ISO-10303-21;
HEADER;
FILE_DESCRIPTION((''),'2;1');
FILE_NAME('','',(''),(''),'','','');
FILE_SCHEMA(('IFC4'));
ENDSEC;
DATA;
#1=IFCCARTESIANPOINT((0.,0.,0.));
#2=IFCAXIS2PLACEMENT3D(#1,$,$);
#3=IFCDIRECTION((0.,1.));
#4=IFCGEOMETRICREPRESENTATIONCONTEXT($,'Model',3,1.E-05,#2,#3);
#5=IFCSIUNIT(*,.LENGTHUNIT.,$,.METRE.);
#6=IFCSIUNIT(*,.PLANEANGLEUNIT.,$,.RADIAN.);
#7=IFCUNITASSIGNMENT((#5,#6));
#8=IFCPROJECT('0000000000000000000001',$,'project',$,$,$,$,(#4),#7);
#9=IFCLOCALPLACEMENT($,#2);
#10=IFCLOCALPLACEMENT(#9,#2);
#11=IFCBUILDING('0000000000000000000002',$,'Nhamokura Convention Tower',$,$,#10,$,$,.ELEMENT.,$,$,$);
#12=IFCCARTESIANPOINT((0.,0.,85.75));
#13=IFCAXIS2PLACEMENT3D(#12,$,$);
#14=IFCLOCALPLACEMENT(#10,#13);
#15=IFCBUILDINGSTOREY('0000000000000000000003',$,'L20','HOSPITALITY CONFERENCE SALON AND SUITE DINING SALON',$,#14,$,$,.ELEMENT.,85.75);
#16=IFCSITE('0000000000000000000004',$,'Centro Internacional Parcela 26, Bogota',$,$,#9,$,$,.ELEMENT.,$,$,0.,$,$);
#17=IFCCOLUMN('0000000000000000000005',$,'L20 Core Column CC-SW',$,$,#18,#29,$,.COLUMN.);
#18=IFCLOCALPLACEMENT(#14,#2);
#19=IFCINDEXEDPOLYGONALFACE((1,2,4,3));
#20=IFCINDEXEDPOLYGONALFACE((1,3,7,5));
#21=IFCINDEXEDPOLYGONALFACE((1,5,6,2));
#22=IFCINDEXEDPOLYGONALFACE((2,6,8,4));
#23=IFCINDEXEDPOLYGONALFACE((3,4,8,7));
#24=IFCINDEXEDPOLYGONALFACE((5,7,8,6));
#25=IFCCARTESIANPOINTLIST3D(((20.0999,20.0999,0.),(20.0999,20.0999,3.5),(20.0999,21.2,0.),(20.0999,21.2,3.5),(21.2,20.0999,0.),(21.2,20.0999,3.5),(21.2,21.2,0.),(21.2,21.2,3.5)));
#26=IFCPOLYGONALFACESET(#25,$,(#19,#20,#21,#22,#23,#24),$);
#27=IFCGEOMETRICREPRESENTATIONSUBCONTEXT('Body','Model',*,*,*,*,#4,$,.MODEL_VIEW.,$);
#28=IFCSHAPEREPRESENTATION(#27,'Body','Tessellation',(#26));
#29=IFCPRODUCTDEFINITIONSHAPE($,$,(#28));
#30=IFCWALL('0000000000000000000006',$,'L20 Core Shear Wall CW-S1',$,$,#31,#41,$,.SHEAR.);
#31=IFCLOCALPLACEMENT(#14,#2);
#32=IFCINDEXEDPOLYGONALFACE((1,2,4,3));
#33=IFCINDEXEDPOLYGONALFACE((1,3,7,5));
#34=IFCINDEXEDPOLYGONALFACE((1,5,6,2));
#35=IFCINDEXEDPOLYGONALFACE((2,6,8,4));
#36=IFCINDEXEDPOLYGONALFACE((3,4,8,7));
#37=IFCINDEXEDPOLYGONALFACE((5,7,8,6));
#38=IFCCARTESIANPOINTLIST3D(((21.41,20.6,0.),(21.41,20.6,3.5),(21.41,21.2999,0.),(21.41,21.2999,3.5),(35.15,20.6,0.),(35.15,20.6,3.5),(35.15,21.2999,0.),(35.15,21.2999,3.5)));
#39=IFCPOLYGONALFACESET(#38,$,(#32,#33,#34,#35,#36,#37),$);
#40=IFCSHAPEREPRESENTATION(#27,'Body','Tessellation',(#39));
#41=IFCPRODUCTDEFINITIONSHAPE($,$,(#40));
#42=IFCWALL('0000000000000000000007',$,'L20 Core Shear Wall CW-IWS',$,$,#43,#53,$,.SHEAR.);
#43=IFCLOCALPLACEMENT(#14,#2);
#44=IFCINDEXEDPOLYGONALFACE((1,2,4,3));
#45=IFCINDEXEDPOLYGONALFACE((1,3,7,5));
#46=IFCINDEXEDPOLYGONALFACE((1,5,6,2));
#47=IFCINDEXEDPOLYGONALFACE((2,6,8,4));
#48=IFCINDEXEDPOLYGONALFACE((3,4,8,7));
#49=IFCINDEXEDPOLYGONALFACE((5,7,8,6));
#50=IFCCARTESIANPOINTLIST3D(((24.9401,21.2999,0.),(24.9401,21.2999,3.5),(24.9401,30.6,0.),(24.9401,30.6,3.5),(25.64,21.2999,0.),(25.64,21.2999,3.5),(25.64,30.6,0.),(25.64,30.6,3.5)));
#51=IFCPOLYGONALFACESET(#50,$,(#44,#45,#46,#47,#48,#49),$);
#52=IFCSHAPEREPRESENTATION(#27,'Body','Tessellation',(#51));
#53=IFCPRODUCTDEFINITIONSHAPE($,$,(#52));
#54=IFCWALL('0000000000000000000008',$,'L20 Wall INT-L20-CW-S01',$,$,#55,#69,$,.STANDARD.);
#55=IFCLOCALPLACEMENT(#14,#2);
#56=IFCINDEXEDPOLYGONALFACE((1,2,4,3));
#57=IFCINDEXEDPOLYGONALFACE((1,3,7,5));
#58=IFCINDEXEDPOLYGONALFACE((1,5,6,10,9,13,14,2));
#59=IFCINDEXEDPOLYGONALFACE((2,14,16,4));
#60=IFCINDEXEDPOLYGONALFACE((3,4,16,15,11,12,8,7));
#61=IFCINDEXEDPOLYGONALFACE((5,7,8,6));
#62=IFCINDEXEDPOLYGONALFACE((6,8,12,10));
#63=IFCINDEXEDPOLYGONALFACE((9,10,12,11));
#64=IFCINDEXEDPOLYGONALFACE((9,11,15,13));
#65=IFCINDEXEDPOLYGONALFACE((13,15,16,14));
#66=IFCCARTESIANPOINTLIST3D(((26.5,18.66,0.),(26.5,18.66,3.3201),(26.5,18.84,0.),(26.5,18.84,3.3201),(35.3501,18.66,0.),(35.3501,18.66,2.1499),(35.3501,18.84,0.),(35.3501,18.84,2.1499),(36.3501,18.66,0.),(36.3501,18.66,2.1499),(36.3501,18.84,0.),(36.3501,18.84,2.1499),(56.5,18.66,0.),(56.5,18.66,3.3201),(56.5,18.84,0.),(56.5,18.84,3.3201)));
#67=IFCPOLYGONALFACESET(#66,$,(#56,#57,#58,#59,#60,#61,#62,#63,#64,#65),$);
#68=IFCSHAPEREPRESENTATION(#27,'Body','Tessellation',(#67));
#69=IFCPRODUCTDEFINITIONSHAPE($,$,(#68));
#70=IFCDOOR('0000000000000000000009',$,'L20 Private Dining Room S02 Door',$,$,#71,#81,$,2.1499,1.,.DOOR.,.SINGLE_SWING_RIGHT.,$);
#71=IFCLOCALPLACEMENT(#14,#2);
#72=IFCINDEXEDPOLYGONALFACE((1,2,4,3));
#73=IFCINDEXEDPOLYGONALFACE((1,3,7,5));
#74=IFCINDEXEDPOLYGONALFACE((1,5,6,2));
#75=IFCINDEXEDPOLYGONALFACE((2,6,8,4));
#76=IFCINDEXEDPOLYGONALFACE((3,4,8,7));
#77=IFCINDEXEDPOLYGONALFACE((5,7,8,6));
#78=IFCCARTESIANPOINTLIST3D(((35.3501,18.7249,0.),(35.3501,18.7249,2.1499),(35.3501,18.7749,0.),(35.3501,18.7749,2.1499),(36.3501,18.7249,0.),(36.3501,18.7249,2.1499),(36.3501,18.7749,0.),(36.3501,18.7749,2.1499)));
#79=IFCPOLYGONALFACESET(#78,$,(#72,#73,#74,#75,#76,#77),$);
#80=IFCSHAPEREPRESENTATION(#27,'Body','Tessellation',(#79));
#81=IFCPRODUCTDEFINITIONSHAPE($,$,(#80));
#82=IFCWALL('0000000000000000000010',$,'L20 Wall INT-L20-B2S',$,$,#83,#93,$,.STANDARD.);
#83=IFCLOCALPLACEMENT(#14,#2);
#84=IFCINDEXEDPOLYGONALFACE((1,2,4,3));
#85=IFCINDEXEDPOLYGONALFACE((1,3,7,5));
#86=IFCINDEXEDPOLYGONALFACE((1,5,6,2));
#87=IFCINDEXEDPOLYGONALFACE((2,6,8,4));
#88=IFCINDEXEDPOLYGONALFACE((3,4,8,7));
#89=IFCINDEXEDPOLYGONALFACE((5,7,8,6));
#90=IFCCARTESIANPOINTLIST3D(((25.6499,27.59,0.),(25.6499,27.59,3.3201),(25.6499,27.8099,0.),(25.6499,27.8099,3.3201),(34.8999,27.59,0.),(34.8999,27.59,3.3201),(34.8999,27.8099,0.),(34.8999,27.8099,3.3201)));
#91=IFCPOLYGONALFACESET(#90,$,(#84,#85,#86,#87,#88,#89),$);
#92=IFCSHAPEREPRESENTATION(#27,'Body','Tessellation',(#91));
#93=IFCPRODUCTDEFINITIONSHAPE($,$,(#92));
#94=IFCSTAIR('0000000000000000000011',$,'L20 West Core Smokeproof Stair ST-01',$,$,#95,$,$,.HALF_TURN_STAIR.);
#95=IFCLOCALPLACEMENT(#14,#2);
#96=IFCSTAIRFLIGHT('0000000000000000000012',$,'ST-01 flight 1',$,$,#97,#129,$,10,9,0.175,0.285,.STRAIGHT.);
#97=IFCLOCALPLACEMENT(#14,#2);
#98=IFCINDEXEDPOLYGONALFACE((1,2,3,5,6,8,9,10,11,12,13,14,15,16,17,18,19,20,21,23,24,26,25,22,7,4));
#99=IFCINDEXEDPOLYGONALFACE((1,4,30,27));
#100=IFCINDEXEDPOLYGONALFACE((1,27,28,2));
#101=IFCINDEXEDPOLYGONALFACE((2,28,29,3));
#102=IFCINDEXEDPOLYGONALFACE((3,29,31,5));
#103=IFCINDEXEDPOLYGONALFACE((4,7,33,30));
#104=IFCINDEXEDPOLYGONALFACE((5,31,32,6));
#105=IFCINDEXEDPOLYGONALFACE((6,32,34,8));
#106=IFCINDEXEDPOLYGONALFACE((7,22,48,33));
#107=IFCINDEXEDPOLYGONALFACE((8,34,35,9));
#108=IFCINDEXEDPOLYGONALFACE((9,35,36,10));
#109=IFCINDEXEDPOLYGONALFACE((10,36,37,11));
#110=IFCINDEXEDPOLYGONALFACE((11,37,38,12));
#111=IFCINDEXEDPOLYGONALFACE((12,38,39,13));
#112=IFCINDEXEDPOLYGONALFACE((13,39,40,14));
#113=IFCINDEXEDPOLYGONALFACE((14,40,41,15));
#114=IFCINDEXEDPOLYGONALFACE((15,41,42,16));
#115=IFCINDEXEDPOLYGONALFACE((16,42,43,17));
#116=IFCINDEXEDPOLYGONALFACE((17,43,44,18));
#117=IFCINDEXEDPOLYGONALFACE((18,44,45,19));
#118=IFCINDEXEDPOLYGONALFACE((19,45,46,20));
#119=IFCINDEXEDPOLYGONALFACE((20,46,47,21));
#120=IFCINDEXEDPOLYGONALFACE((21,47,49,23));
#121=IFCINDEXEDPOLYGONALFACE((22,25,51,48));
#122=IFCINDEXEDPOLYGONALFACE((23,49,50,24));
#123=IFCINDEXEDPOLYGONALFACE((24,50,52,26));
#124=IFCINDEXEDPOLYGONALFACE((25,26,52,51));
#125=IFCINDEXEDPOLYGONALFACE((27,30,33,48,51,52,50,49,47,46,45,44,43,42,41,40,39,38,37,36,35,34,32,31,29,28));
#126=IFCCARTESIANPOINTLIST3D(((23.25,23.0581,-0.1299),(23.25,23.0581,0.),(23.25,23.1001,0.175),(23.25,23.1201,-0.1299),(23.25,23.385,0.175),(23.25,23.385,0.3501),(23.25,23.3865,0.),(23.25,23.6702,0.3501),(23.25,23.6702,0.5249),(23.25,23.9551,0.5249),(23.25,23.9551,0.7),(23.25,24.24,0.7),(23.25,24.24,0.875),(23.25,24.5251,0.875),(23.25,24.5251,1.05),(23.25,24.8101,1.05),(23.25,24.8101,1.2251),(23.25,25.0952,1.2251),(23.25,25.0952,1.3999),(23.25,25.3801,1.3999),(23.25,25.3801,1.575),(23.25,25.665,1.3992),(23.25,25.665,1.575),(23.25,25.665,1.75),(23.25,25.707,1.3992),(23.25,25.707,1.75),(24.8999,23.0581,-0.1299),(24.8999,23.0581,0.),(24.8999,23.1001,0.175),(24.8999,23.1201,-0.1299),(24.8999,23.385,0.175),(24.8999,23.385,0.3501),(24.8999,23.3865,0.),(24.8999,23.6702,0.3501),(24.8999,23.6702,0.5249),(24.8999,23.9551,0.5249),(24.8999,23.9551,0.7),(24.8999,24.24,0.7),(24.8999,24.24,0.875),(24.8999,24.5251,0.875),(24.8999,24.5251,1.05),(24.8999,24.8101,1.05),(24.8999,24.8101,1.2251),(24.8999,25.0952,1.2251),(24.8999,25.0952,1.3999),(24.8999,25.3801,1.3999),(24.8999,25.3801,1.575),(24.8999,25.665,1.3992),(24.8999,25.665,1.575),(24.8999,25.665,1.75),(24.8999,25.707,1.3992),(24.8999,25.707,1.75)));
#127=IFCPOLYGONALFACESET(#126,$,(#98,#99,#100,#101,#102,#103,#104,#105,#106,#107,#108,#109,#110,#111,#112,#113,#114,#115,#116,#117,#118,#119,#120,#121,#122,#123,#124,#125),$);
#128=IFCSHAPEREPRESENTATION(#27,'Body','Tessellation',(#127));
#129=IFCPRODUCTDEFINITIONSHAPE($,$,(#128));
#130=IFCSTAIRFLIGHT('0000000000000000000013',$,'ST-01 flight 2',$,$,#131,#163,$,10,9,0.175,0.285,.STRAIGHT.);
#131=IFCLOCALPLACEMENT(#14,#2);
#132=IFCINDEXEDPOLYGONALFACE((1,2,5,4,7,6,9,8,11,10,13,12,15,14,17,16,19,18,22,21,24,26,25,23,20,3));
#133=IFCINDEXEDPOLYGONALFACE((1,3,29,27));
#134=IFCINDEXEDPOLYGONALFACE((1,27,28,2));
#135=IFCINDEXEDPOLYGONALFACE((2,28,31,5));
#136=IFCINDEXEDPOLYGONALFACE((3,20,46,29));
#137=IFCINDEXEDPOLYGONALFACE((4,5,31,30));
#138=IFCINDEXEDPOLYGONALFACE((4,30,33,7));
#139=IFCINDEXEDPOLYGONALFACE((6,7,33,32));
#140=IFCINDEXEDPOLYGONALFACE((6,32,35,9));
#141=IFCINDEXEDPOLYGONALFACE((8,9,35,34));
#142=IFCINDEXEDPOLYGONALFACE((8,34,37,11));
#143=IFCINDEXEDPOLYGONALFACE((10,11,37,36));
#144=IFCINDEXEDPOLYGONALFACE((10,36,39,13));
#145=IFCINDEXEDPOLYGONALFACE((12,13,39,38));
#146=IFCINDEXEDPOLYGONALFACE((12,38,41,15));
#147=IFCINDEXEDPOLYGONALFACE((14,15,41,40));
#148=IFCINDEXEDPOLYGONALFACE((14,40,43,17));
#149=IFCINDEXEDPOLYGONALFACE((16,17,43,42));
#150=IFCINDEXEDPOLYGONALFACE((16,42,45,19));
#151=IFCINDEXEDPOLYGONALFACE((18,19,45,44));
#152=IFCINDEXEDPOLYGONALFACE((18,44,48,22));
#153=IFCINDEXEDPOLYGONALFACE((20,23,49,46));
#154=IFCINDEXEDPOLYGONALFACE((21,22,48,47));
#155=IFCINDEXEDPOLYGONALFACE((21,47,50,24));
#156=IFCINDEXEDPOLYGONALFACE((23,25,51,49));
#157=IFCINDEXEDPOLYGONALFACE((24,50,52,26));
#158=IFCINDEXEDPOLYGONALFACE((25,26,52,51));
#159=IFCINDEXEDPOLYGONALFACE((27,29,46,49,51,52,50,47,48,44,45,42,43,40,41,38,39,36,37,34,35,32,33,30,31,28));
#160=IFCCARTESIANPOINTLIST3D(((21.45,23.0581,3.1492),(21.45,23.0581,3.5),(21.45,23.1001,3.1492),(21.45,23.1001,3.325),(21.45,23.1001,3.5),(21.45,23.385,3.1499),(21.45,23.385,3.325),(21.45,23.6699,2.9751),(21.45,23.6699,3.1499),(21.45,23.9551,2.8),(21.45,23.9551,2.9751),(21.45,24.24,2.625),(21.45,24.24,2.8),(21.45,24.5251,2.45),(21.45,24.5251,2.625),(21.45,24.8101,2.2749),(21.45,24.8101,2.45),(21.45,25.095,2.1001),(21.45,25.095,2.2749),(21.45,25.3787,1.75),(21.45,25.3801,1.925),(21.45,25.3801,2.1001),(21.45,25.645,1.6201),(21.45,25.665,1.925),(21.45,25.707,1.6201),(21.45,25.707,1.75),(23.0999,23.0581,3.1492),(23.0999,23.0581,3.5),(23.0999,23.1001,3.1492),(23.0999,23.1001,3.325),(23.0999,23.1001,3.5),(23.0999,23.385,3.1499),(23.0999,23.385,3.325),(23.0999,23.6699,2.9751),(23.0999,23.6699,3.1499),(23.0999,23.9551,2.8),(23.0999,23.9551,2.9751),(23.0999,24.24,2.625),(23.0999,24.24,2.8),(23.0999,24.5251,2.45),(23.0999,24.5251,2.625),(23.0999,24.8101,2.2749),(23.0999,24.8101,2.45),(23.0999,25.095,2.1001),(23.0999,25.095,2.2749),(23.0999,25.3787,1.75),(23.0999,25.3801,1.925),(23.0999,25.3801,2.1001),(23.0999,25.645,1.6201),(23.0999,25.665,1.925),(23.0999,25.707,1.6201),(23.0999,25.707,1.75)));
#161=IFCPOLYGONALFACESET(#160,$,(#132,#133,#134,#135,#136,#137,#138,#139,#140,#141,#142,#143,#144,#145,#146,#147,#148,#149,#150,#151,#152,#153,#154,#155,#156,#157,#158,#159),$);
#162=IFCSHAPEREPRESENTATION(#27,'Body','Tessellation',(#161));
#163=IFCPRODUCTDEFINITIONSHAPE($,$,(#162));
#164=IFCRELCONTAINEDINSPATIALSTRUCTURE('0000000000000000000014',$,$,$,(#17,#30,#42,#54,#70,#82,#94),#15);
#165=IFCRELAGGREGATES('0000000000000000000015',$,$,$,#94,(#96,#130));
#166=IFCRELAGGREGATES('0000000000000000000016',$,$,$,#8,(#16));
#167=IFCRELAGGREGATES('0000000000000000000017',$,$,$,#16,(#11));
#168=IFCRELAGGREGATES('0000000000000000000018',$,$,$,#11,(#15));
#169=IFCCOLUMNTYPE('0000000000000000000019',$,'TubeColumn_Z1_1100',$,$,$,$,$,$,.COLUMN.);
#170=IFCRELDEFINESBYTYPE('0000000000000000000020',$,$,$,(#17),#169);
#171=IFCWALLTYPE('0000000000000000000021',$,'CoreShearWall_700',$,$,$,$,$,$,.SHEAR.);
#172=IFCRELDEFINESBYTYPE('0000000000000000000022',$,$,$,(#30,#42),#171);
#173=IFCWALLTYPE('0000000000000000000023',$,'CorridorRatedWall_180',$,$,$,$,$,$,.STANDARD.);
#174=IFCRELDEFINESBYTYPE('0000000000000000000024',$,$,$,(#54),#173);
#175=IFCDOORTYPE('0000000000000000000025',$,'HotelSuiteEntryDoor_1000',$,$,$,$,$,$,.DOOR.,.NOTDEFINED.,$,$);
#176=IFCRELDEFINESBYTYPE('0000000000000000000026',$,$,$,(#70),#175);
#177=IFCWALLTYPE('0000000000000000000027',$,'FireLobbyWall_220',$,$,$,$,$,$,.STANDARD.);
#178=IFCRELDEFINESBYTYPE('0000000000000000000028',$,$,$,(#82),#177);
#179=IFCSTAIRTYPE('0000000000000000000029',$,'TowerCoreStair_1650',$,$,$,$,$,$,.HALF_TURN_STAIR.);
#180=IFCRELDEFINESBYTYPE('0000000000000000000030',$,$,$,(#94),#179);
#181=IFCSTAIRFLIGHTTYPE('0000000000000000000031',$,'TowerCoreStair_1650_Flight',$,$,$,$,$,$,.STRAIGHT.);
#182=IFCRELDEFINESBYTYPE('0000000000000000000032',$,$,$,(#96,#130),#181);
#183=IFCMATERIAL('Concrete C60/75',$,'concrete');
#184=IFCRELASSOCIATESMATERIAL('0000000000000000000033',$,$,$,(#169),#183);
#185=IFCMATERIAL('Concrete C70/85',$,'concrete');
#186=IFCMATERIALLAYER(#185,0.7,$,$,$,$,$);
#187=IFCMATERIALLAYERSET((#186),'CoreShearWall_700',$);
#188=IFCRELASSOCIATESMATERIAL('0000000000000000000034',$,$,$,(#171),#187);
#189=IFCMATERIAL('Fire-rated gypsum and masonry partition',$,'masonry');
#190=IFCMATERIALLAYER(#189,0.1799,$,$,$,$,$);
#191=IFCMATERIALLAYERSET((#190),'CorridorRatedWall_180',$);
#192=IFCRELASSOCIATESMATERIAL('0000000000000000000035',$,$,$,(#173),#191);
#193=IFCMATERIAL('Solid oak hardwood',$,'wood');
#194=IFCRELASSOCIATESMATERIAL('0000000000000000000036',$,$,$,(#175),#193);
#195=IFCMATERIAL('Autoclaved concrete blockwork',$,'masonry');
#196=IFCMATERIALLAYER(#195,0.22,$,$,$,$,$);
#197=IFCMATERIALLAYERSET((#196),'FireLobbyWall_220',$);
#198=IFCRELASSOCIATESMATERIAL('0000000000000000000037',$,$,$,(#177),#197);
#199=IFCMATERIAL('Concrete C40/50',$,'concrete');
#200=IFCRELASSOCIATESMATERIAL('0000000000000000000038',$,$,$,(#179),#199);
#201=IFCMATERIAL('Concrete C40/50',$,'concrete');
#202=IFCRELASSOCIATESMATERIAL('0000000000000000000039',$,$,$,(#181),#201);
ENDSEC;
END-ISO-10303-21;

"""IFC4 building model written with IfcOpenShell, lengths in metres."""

from ifc_helpers import new_model, si_unit, direction, frame, frame_2d, origin, origin_2d, place, context, subcontext, project, spatial, polyline, rectangle, outline, extrude, material, layer, layer_set, material_profile, profile_set, type_object, element, fill, aggregate, save


model = new_model("IFC4")

# Units and contexts
model_context = context("Model", 3, precision=1e-05, world=origin(), true_north=direction((0.0, 1.0)))
body_context = subcontext(model_context, "Body", "Model", "MODEL_VIEW")
ifc_project = project(units=[si_unit("LENGTHUNIT", "METRE"), si_unit("PLANEANGLEUNIT", "RADIAN")], contexts=[model_context])

# Site, building, storey
site_placement = place(None, origin())
site = spatial("IfcSite", under=ifc_project, at=site_placement, Name="Centro Internacional Parcela 26, Bogota", CompositionType="ELEMENT", RefElevation=0.0)
building_placement = place(site_placement, origin())
building = spatial("IfcBuilding", under=site, at=building_placement, Name="Nhamokura Convention Tower", CompositionType="ELEMENT")
storey_placement = place(building_placement, frame((0.0, 0.0, 85.75)))
storey = spatial("IfcBuildingStorey", under=building, at=storey_placement, Name="L20", Description="HOSPITALITY CONFERENCE SALON AND SUITE DINING SALON", CompositionType="ELEMENT", Elevation=85.75)

# Column
ifc_material_1 = material(Name="Concrete C60/75", Category="concrete")
ifc_material_profile = material_profile(ifc_material_1, rectangle(XDim=1.1001, YDim=1.1001, at=origin_2d()))
ifc_profile_set = profile_set([ifc_material_profile], Name="Concrete C60/75")
column_type = type_object("IfcColumnType", Name="TubeColumn_Z1_1100", PredefinedType="COLUMN", material=ifc_profile_set)
column_placement = place(storey_placement, frame((20.6499, 20.6499, 0.0), z_axis=(0.0, 0.0, 1.0), x_axis=(1.0, 0.0, 0.0)))
element("IfcColumn", 1, at=column_placement, inside=storey, type_object=column_type, Name="L20 Core Column CC-SW", PredefinedType="COLUMN", context=body_context, shape_type="SweptSolid", body=[
    extrude(rectangle(XDim=1.1001, YDim=1.1001, at=origin_2d()), origin(), (0.0, 0.0, 1.0), 3.5),
])

# Shared definitions
ifc_material_2 = material(Name="Concrete C70/85", Category="concrete")
ifc_layer_1 = layer(ifc_material_2, 0.7)
ifc_layer_set_1 = layer_set([ifc_layer_1], Name="CoreShearWall_700")
wall_type_1 = type_object("IfcWallType", Name="CoreShearWall_700", PredefinedType="SHEAR", material=ifc_layer_set_1)

# Walls
wall_1_placement = place(storey_placement, frame((21.4099, 20.95, 0.0), z_axis=(0.0, 0.0, 1.0), x_axis=(1.0, 0.0, 0.0)))
element("IfcWall", 2, at=wall_1_placement, inside=storey, type_object=wall_type_1, Name="L20 Core Shear Wall CW-S1", PredefinedType="SHEAR", context=body_context, shape_type="SweptSolid", body=[
    extrude(rectangle(XDim=13.74, YDim=0.7, at=frame_2d((6.8701, 0.0))), origin(), (0.0, 0.0, 1.0), 3.5),
])
wall_2_placement = place(storey_placement, frame((25.29, 21.3, 0.0), z_axis=(0.0, 0.0, 1.0), x_axis=(0.0, 1.0, 0.0)))
element("IfcWall", 3, at=wall_2_placement, inside=storey, type_object=wall_type_1, Name="L20 Core Shear Wall CW-IWS", PredefinedType="SHEAR", context=body_context, shape_type="SweptSolid", body=[
    extrude(rectangle(XDim=9.3, YDim=0.7, at=frame_2d((4.6499, 0.0))), origin(), (0.0, 0.0, 1.0), 3.5),
])

# Wall, opening, door
ifc_material_3 = material(Name="Fire-rated gypsum and masonry partition", Category="masonry")
ifc_layer_2 = layer(ifc_material_3, 0.1799)
ifc_layer_set_2 = layer_set([ifc_layer_2], Name="CorridorRatedWall_180")
wall_type_2 = type_object("IfcWallType", Name="CorridorRatedWall_180", PredefinedType="STANDARD", material=ifc_layer_set_2)
wall_3_placement = place(storey_placement, frame((26.5, 18.75, 0.0), z_axis=(0.0, 0.0, 1.0), x_axis=(1.0, 0.0, 0.0)))
wall_3 = element("IfcWall", 4, at=wall_3_placement, inside=storey, type_object=wall_type_2, Name="L20 Wall INT-L20-CW-S01", PredefinedType="STANDARD", context=body_context, shape_type="SweptSolid", body=[
    extrude(rectangle(XDim=30.0, YDim=0.1799, at=frame_2d((15.0, 0.0))), origin(), (0.0, 0.0, 1.0), 3.3201),
])
opening_1_placement = place(wall_3_placement, frame((8.8501, 0.0, 0.0)))
opening_1 = element("IfcOpeningElement", 5, at=opening_1_placement, cuts=wall_3, PredefinedType="OPENING", context=body_context, shape_type="SweptSolid", body=[
    extrude(rectangle(XDim=1.0, YDim=2.1499, at=frame_2d((0.5, 1.075))), frame((0.0, 0.0999, 0.0), z_axis=(0.0, -1.0, 0.0), x_axis=(1.0, 0.0, 0.0)), (0.0, 0.0, 1.0), 0.2),
])
ifc_material_4 = material(Name="Solid oak hardwood", Category="wood")
door_type_1 = type_object("IfcDoorType", Name="HotelSuiteEntryDoor_1000", OperationType="NOTDEFINED", PredefinedType="DOOR", material=ifc_material_4)
door_1_placement = place(opening_1_placement, origin())
door_1 = element("IfcDoor", 6, at=door_1_placement, inside=storey, type_object=door_type_1, Name="L20 Private Dining Room S02 Door", OperationType="SINGLE_SWING_RIGHT", OverallHeight=2.1499, OverallWidth=1.0, PredefinedType="DOOR", context=body_context, shape_type="SweptSolid", body=[
    extrude(rectangle(XDim=1.0, YDim=2.1499, at=frame_2d((0.5, 1.075))), frame((0.0, 0.0249, 0.0), z_axis=(0.0, -1.0, 0.0), x_axis=(1.0, 0.0, 0.0)), (0.0, 0.0, 1.0), 0.05),
])
fill(opening_1, door_1)

# Shared definitions
ifc_material_5 = material(Name="Autoclaved concrete blockwork", Category="masonry")
ifc_layer_3 = layer(ifc_material_5, 0.22)
ifc_layer_set_3 = layer_set([ifc_layer_3], Name="FireLobbyWall_220")
wall_type_3 = type_object("IfcWallType", Name="FireLobbyWall_220", PredefinedType="STANDARD", material=ifc_layer_set_3)

# Wall
wall_4_placement = place(storey_placement, frame((25.6499, 27.7, 0.0), z_axis=(0.0, 0.0, 1.0), x_axis=(1.0, 0.0, 0.0)))
element("IfcWall", 7, at=wall_4_placement, inside=storey, type_object=wall_type_3, Name="L20 Wall INT-L20-B2S", PredefinedType="STANDARD", context=body_context, shape_type="SweptSolid", body=[
    extrude(rectangle(XDim=9.25, YDim=0.22, at=frame_2d((4.625, 0.0))), origin(), (0.0, 0.0, 1.0), 3.3201),
])

# Stair, stair flights
ifc_material_6 = material(Name="Concrete C40/50", Category="concrete")
stair_type = type_object("IfcStairType", Name="TowerCoreStair_1650", PredefinedType="HALF_TURN_STAIR", material=ifc_material_6)
stair_placement = place(storey_placement, origin())
stair = element("IfcStair", 8, at=stair_placement, inside=storey, type_object=stair_type, Name="L20 West Core Smokeproof Stair ST-01", PredefinedType="HALF_TURN_STAIR")
ifc_material_7 = material(Name="Concrete C40/50", Category="concrete")
stair_flight_type = type_object("IfcStairFlightType", Name="TowerCoreStair_1650_Flight", PredefinedType="STRAIGHT", material=ifc_material_7)
stair_flight_1_placement = place(storey_placement, frame((24.075, 23.1001, 0.0), z_axis=(0.0, 0.0, 1.0), x_axis=(0.0, 1.0, 0.0)))
stair_flight_1 = element("IfcStairFlight", 9, at=stair_flight_1_placement, type_object=stair_flight_type, Name="ST-01 flight 1", NumberOfRisers=10, NumberOfTreads=9, PredefinedType="STRAIGHT", RiserHeight=0.175, TreadLength=0.285, context=body_context, shape_type="SweptSolid", body=[
    extrude(outline(polyline([(-0.042, 0.0), (0.0, 0.175), (0.2849, 0.175), (0.2849, 0.3501), (0.5701, 0.3501), (0.5701, 0.5249), (0.855, 0.5249), (0.855, 0.7), (1.1399, 0.7), (1.1399, 0.875), (1.425, 0.875), (1.425, 1.05), (1.71, 1.05), (1.71, 1.2251), (1.9951, 1.2251), (1.9951, 1.3999), (2.28, 1.3999), (2.28, 1.575), (2.5649, 1.575), (2.5649, 1.75), (2.6069, 1.75), (2.6069, 1.3992), (2.5649, 1.3992), (0.2864, 0.0), (0.02, -0.1299), (-0.042, -0.1299), (-0.042, 0.0)])), frame((0.0, 0.825, 0.0), z_axis=(0.0, -1.0, 0.0), x_axis=(1.0, 0.0, 0.0)), (0.0, 0.0, 1.0), 1.6499),
])
stair_flight_2_placement = place(storey_placement, frame((22.2749, 25.665, 1.75), z_axis=(0.0, 0.0, 1.0), x_axis=(0.0, -1.0, 0.0)))
stair_flight_2 = element("IfcStairFlight", 10, at=stair_flight_2_placement, type_object=stair_flight_type, Name="ST-01 flight 2", NumberOfRisers=10, NumberOfTreads=9, PredefinedType="STRAIGHT", RiserHeight=0.175, TreadLength=0.285, context=body_context, shape_type="SweptSolid", body=[
    extrude(outline(polyline([(-0.042, 0.0), (0.0, 0.175), (0.2849, 0.175), (0.2849, 0.3501), (0.5701, 0.3501), (0.5701, 0.5249), (0.855, 0.5249), (0.855, 0.7), (1.1399, 0.7), (1.1399, 0.875), (1.425, 0.875), (1.425, 1.05), (1.71, 1.05), (1.71, 1.2251), (1.9951, 1.2251), (1.9951, 1.3999), (2.28, 1.3999), (2.28, 1.575), (2.5649, 1.575), (2.5649, 1.75), (2.6069, 1.75), (2.6069, 1.3992), (2.5649, 1.3992), (0.2864, 0.0), (0.02, -0.1299), (-0.042, -0.1299), (-0.042, 0.0)])), frame((0.0, 0.825, 0.0), z_axis=(0.0, -1.0, 0.0), x_axis=(1.0, 0.0, 0.0)), (0.0, 0.0, 1.0), 1.6499),
])
aggregate(stair, [stair_flight_1, stair_flight_2])

save(model, "model.ifc")
